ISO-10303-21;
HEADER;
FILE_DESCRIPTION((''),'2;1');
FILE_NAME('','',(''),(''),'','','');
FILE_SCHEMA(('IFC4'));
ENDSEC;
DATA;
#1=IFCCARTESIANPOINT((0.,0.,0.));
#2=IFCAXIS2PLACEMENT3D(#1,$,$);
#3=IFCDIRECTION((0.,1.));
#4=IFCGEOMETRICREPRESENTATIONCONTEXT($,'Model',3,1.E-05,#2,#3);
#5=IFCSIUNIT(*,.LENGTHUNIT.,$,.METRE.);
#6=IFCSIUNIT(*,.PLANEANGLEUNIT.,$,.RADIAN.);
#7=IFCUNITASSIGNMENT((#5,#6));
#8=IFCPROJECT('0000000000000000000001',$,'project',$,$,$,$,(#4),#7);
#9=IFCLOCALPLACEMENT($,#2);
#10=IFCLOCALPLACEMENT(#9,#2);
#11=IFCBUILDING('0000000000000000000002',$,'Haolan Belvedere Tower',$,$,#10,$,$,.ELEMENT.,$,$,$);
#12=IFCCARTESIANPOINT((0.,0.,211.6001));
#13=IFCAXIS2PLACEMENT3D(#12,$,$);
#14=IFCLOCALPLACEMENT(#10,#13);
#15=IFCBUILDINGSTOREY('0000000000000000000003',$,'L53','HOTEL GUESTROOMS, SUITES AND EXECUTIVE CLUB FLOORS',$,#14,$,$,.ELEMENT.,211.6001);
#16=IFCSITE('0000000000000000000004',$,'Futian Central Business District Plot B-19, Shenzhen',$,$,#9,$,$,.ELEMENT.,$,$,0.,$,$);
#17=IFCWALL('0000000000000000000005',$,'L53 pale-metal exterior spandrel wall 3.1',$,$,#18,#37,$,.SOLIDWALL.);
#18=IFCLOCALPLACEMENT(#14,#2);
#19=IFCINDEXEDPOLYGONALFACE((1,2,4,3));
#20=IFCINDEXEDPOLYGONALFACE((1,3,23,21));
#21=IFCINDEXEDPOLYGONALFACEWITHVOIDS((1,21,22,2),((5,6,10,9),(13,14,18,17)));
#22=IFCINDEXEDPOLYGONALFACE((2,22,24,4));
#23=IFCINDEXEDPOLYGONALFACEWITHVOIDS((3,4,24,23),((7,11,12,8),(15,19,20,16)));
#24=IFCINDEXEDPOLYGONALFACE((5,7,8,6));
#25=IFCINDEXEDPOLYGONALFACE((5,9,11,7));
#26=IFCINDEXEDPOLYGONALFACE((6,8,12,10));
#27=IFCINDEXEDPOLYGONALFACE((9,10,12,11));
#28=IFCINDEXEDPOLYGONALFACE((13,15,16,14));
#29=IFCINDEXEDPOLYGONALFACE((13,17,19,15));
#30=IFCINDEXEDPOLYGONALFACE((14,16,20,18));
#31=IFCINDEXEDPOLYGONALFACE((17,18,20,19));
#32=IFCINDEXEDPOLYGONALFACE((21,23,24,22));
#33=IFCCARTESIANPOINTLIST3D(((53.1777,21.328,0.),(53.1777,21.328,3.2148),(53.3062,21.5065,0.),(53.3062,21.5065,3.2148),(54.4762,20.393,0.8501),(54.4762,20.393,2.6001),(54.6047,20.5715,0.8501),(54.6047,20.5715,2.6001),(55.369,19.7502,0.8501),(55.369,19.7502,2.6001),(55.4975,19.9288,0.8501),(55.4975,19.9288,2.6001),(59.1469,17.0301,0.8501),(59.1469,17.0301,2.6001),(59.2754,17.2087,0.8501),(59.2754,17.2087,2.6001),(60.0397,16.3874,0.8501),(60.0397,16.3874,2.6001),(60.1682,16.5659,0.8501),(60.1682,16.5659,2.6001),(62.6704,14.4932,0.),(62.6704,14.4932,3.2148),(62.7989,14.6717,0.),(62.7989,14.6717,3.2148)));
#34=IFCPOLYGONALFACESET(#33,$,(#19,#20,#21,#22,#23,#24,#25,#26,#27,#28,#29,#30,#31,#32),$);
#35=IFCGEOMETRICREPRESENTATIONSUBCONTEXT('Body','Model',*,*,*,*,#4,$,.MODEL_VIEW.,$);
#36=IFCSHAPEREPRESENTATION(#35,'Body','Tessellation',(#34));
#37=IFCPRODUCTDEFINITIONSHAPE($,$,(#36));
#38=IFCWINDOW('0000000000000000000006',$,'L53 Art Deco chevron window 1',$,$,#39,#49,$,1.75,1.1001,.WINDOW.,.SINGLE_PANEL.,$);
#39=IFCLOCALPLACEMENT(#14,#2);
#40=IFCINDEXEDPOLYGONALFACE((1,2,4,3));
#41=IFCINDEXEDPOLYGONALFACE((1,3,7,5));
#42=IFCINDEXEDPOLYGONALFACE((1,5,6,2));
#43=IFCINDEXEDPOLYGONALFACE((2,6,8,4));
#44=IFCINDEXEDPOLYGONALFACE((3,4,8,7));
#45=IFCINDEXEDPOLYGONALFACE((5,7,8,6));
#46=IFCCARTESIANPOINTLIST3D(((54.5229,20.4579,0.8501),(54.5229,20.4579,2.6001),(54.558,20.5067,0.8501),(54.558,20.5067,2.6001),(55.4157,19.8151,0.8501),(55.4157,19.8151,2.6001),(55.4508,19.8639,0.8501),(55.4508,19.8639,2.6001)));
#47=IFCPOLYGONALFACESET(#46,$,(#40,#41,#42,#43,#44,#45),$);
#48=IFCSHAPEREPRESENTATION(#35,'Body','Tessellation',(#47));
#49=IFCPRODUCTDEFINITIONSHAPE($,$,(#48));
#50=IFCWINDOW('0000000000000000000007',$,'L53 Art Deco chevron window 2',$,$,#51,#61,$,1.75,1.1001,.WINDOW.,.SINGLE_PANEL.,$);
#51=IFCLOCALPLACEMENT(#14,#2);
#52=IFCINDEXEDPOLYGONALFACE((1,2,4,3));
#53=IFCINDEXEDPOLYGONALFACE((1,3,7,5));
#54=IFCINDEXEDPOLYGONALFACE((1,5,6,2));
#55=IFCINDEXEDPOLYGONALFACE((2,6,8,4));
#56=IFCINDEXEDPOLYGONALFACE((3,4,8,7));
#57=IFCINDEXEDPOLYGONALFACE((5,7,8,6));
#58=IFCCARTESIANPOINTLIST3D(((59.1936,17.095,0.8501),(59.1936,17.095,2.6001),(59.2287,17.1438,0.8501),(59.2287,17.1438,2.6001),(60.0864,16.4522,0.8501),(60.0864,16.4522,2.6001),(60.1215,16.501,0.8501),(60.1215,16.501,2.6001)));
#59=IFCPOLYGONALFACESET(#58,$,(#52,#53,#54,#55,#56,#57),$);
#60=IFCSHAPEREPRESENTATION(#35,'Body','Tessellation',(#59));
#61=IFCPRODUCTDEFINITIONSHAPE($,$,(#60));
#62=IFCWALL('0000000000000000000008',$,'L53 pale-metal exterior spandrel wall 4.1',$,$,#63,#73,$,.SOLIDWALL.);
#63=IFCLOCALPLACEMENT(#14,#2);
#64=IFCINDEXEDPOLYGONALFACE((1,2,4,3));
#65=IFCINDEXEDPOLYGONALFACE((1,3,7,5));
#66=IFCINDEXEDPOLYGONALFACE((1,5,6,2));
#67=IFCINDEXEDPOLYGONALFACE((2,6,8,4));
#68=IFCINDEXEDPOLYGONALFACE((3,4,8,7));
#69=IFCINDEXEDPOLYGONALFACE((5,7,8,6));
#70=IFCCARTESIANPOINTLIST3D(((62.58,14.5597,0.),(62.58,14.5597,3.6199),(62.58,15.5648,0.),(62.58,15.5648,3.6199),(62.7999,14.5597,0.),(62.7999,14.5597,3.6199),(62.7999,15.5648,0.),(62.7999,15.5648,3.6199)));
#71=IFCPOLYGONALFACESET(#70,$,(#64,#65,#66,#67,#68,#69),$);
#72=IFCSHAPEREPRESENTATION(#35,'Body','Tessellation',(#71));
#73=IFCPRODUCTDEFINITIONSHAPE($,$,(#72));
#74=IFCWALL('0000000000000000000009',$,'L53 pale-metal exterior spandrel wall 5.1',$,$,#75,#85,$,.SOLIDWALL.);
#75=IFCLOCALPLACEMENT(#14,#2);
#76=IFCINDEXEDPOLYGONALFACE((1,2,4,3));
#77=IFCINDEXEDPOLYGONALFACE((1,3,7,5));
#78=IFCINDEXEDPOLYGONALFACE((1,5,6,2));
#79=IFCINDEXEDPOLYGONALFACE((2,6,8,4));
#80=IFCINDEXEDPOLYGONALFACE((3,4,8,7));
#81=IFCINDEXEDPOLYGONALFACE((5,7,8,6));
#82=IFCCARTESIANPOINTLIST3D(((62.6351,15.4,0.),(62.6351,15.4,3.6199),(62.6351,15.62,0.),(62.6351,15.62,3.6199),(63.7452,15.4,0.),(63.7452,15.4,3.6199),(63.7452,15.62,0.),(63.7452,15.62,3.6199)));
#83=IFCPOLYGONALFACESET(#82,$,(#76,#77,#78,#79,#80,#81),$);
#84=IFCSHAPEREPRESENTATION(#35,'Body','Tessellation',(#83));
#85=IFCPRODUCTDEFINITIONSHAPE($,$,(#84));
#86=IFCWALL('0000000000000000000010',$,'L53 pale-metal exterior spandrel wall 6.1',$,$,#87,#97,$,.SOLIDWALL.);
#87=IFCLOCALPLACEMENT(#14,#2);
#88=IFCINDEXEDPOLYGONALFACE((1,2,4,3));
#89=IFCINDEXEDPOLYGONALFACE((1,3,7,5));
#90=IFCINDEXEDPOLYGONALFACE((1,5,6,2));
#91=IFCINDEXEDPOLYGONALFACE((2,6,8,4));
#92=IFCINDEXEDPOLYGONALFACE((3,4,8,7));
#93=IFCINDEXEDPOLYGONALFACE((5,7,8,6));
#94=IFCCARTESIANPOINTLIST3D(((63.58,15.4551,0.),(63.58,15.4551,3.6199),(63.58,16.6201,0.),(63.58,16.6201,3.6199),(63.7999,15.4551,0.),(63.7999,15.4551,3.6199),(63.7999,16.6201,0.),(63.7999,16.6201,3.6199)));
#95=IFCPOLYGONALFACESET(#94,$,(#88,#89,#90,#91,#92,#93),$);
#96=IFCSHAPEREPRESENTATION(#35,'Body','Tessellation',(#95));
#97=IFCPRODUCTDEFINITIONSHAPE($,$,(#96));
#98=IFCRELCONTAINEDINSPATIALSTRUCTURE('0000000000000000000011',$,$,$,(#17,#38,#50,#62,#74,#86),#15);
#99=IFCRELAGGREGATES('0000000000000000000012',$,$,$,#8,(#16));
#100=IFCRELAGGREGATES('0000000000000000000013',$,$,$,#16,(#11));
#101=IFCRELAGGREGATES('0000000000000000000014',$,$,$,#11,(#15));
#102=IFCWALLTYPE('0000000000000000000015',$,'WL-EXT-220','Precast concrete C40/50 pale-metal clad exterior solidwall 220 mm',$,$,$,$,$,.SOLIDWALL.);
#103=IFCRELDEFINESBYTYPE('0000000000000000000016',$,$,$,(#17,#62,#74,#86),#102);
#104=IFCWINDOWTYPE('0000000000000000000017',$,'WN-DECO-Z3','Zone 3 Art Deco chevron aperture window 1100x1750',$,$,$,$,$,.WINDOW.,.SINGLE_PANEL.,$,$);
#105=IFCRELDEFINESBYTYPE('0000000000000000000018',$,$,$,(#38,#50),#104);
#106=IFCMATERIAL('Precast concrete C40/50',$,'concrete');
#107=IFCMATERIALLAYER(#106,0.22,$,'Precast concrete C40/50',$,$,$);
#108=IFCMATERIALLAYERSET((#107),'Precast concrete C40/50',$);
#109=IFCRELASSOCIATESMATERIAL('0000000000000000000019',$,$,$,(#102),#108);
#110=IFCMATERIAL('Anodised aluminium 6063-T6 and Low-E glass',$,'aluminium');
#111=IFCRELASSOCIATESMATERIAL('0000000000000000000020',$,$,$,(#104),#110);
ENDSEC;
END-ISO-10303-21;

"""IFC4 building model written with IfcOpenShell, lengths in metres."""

from ifc_helpers import new_model, si_unit, direction, frame, frame_2d, origin, place, context, subcontext, project, spatial, rectangle, extrude, material, layer, layer_set, type_object, element, fill, save


model = new_model("IFC4")

# Units and contexts
model_context = context("Model", 3, precision=1e-05, world=origin(), true_north=direction((0.0, 1.0)))
body_context = subcontext(model_context, "Body", "Model", "MODEL_VIEW")
ifc_project = project(units=[si_unit("LENGTHUNIT", "METRE"), si_unit("PLANEANGLEUNIT", "RADIAN")], contexts=[model_context])

# Site, building, storey
site_placement = place(None, origin())
site = spatial("IfcSite", under=ifc_project, at=site_placement, Name="Futian Central Business District Plot B-19, Shenzhen", CompositionType="ELEMENT", RefElevation=0.0)
building_placement = place(site_placement, origin())
building = spatial("IfcBuilding", under=site, at=building_placement, Name="Haolan Belvedere Tower", CompositionType="ELEMENT")
storey_placement = place(building_placement, frame((0.0, 0.0, 211.6001)))
storey = spatial("IfcBuildingStorey", under=building, at=storey_placement, Name="L53", Description="HOTEL GUESTROOMS, SUITES AND EXECUTIVE CLUB FLOORS", CompositionType="ELEMENT", Elevation=211.6001)

# Wall, openings, windows
ifc_material_1 = material(Name="Precast concrete C40/50", Category="concrete")
ifc_layer_1 = layer(ifc_material_1, 0.22, Name="Precast concrete C40/50")
ifc_layer_set_1 = layer_set([ifc_layer_1], Name="Precast concrete C40/50")
wall_type_1 = type_object("IfcWallType", Name="WL-EXT-220", Description="Precast concrete C40/50 pale-metal clad exterior solidwall 220 mm", PredefinedType="SOLIDWALL", material=ifc_layer_set_1)
wall_1_placement = place(storey_placement, frame((53.2419, 21.4172, 0.0), z_axis=(0.0, 0.0, 1.0), x_axis=(0.811535, -0.584304, 0.0)))
wall_1 = element("IfcWall", 1, at=wall_1_placement, inside=storey, type_object=wall_type_1, Name="L53 pale-metal exterior spandrel wall 3.1", PredefinedType="SOLIDWALL", context=body_context, shape_type="SweptSolid", body=[
    extrude(rectangle(XDim=11.6973, YDim=0.22, at=frame_2d((5.8486, 0.0))), origin(), (0.0, 0.0, 1.0), 3.2148),
])
opening_1_placement = place(wall_1_placement, frame((1.6001, 0.0, 0.8501)))
opening_1 = element("IfcOpeningElement", 2, at=opening_1_placement, cuts=wall_1, PredefinedType="OPENING", context=body_context, shape_type="SweptSolid", body=[
    extrude(rectangle(XDim=1.1001, YDim=1.75, at=frame_2d((0.55, 0.875))), frame((0.0, 0.1199, 0.0), z_axis=(0.0, -1.0, 0.0), x_axis=(1.0, 0.0, 0.0)), (0.0, 0.0, 1.0), 0.24),
])
opening_2_placement = place(wall_1_placement, frame((7.3555, 0.0, 0.8501)))
opening_2 = element("IfcOpeningElement", 3, at=opening_2_placement, cuts=wall_1, PredefinedType="OPENING", context=body_context, shape_type="SweptSolid", body=[
    extrude(rectangle(XDim=1.1001, YDim=1.75, at=frame_2d((0.55, 0.875))), frame((0.0, 0.1199, 0.0), z_axis=(0.0, -1.0, 0.0), x_axis=(1.0, 0.0, 0.0)), (0.0, 0.0, 1.0), 0.24),
])
ifc_material_2 = material(Name="Anodised aluminium 6063-T6 and Low-E glass", Category="aluminium")
window_type = type_object("IfcWindowType", Name="WN-DECO-Z3", Description="Zone 3 Art Deco chevron aperture window 1100x1750", PartitioningType="SINGLE_PANEL", PredefinedType="WINDOW", material=ifc_material_2)
window_1_placement = place(opening_1_placement, origin())
window_1 = element("IfcWindow", 4, at=window_1_placement, inside=storey, type_object=window_type, Name="L53 Art Deco chevron window 1", OverallHeight=1.75, OverallWidth=1.1001, PartitioningType="SINGLE_PANEL", PredefinedType="WINDOW", context=body_context, shape_type="SweptSolid", body=[
    extrude(rectangle(XDim=1.1001, YDim=1.75, at=frame_2d((0.55, 0.875))), frame((0.0, 0.03, 0.0), z_axis=(0.0, -1.0, 0.0), x_axis=(1.0, 0.0, 0.0)), (0.0, 0.0, 1.0), 0.0601),
])
fill(opening_1, window_1)
window_2_placement = place(opening_2_placement, origin())
window_2 = element("IfcWindow", 5, at=window_2_placement, inside=storey, type_object=window_type, Name="L53 Art Deco chevron window 2", OverallHeight=1.75, OverallWidth=1.1001, PartitioningType="SINGLE_PANEL", PredefinedType="WINDOW", context=body_context, shape_type="SweptSolid", body=[
    extrude(rectangle(XDim=1.1001, YDim=1.75, at=frame_2d((0.55, 0.875))), frame((0.0, 0.03, 0.0), z_axis=(0.0, -1.0, 0.0), x_axis=(1.0, 0.0, 0.0)), (0.0, 0.0, 1.0), 0.0601),
])
fill(opening_2, window_2)

# Walls
wall_2_placement = place(storey_placement, frame((62.6899, 14.5598, 0.0), z_axis=(0.0, 0.0, 1.0), x_axis=(0.0, 1.0, 0.0)))
element("IfcWall", 6, at=wall_2_placement, inside=storey, type_object=wall_type_1, Name="L53 pale-metal exterior spandrel wall 4.1", PredefinedType="SOLIDWALL", context=body_context, shape_type="SweptSolid", body=[
    extrude(rectangle(XDim=1.0051, YDim=0.22, at=frame_2d((0.5024, 0.0))), origin(), (0.0, 0.0, 1.0), 3.6199),
])
wall_3_placement = place(storey_placement, frame((62.635, 15.51, 0.0), z_axis=(0.0, 0.0, 1.0), x_axis=(1.0, 0.0, 0.0)))
element("IfcWall", 7, at=wall_3_placement, inside=storey, type_object=wall_type_1, Name="L53 pale-metal exterior spandrel wall 5.1", PredefinedType="SOLIDWALL", context=body_context, shape_type="SweptSolid", body=[
    extrude(rectangle(XDim=1.1101, YDim=0.22, at=frame_2d((0.5552, 0.0))), origin(), (0.0, 0.0, 1.0), 3.6199),
])
wall_4_placement = place(storey_placement, frame((63.6899, 15.4551, 0.0), z_axis=(0.0, 0.0, 1.0), x_axis=(0.0, 1.0, 0.0)))
element("IfcWall", 8, at=wall_4_placement, inside=storey, type_object=wall_type_1, Name="L53 pale-metal exterior spandrel wall 6.1", PredefinedType="SOLIDWALL", context=body_context, shape_type="SweptSolid", body=[
    extrude(rectangle(XDim=1.165, YDim=0.22, at=frame_2d((0.5825, 0.0))), origin(), (0.0, 0.0, 1.0), 3.6199),
])

save(model, "model.ifc")
